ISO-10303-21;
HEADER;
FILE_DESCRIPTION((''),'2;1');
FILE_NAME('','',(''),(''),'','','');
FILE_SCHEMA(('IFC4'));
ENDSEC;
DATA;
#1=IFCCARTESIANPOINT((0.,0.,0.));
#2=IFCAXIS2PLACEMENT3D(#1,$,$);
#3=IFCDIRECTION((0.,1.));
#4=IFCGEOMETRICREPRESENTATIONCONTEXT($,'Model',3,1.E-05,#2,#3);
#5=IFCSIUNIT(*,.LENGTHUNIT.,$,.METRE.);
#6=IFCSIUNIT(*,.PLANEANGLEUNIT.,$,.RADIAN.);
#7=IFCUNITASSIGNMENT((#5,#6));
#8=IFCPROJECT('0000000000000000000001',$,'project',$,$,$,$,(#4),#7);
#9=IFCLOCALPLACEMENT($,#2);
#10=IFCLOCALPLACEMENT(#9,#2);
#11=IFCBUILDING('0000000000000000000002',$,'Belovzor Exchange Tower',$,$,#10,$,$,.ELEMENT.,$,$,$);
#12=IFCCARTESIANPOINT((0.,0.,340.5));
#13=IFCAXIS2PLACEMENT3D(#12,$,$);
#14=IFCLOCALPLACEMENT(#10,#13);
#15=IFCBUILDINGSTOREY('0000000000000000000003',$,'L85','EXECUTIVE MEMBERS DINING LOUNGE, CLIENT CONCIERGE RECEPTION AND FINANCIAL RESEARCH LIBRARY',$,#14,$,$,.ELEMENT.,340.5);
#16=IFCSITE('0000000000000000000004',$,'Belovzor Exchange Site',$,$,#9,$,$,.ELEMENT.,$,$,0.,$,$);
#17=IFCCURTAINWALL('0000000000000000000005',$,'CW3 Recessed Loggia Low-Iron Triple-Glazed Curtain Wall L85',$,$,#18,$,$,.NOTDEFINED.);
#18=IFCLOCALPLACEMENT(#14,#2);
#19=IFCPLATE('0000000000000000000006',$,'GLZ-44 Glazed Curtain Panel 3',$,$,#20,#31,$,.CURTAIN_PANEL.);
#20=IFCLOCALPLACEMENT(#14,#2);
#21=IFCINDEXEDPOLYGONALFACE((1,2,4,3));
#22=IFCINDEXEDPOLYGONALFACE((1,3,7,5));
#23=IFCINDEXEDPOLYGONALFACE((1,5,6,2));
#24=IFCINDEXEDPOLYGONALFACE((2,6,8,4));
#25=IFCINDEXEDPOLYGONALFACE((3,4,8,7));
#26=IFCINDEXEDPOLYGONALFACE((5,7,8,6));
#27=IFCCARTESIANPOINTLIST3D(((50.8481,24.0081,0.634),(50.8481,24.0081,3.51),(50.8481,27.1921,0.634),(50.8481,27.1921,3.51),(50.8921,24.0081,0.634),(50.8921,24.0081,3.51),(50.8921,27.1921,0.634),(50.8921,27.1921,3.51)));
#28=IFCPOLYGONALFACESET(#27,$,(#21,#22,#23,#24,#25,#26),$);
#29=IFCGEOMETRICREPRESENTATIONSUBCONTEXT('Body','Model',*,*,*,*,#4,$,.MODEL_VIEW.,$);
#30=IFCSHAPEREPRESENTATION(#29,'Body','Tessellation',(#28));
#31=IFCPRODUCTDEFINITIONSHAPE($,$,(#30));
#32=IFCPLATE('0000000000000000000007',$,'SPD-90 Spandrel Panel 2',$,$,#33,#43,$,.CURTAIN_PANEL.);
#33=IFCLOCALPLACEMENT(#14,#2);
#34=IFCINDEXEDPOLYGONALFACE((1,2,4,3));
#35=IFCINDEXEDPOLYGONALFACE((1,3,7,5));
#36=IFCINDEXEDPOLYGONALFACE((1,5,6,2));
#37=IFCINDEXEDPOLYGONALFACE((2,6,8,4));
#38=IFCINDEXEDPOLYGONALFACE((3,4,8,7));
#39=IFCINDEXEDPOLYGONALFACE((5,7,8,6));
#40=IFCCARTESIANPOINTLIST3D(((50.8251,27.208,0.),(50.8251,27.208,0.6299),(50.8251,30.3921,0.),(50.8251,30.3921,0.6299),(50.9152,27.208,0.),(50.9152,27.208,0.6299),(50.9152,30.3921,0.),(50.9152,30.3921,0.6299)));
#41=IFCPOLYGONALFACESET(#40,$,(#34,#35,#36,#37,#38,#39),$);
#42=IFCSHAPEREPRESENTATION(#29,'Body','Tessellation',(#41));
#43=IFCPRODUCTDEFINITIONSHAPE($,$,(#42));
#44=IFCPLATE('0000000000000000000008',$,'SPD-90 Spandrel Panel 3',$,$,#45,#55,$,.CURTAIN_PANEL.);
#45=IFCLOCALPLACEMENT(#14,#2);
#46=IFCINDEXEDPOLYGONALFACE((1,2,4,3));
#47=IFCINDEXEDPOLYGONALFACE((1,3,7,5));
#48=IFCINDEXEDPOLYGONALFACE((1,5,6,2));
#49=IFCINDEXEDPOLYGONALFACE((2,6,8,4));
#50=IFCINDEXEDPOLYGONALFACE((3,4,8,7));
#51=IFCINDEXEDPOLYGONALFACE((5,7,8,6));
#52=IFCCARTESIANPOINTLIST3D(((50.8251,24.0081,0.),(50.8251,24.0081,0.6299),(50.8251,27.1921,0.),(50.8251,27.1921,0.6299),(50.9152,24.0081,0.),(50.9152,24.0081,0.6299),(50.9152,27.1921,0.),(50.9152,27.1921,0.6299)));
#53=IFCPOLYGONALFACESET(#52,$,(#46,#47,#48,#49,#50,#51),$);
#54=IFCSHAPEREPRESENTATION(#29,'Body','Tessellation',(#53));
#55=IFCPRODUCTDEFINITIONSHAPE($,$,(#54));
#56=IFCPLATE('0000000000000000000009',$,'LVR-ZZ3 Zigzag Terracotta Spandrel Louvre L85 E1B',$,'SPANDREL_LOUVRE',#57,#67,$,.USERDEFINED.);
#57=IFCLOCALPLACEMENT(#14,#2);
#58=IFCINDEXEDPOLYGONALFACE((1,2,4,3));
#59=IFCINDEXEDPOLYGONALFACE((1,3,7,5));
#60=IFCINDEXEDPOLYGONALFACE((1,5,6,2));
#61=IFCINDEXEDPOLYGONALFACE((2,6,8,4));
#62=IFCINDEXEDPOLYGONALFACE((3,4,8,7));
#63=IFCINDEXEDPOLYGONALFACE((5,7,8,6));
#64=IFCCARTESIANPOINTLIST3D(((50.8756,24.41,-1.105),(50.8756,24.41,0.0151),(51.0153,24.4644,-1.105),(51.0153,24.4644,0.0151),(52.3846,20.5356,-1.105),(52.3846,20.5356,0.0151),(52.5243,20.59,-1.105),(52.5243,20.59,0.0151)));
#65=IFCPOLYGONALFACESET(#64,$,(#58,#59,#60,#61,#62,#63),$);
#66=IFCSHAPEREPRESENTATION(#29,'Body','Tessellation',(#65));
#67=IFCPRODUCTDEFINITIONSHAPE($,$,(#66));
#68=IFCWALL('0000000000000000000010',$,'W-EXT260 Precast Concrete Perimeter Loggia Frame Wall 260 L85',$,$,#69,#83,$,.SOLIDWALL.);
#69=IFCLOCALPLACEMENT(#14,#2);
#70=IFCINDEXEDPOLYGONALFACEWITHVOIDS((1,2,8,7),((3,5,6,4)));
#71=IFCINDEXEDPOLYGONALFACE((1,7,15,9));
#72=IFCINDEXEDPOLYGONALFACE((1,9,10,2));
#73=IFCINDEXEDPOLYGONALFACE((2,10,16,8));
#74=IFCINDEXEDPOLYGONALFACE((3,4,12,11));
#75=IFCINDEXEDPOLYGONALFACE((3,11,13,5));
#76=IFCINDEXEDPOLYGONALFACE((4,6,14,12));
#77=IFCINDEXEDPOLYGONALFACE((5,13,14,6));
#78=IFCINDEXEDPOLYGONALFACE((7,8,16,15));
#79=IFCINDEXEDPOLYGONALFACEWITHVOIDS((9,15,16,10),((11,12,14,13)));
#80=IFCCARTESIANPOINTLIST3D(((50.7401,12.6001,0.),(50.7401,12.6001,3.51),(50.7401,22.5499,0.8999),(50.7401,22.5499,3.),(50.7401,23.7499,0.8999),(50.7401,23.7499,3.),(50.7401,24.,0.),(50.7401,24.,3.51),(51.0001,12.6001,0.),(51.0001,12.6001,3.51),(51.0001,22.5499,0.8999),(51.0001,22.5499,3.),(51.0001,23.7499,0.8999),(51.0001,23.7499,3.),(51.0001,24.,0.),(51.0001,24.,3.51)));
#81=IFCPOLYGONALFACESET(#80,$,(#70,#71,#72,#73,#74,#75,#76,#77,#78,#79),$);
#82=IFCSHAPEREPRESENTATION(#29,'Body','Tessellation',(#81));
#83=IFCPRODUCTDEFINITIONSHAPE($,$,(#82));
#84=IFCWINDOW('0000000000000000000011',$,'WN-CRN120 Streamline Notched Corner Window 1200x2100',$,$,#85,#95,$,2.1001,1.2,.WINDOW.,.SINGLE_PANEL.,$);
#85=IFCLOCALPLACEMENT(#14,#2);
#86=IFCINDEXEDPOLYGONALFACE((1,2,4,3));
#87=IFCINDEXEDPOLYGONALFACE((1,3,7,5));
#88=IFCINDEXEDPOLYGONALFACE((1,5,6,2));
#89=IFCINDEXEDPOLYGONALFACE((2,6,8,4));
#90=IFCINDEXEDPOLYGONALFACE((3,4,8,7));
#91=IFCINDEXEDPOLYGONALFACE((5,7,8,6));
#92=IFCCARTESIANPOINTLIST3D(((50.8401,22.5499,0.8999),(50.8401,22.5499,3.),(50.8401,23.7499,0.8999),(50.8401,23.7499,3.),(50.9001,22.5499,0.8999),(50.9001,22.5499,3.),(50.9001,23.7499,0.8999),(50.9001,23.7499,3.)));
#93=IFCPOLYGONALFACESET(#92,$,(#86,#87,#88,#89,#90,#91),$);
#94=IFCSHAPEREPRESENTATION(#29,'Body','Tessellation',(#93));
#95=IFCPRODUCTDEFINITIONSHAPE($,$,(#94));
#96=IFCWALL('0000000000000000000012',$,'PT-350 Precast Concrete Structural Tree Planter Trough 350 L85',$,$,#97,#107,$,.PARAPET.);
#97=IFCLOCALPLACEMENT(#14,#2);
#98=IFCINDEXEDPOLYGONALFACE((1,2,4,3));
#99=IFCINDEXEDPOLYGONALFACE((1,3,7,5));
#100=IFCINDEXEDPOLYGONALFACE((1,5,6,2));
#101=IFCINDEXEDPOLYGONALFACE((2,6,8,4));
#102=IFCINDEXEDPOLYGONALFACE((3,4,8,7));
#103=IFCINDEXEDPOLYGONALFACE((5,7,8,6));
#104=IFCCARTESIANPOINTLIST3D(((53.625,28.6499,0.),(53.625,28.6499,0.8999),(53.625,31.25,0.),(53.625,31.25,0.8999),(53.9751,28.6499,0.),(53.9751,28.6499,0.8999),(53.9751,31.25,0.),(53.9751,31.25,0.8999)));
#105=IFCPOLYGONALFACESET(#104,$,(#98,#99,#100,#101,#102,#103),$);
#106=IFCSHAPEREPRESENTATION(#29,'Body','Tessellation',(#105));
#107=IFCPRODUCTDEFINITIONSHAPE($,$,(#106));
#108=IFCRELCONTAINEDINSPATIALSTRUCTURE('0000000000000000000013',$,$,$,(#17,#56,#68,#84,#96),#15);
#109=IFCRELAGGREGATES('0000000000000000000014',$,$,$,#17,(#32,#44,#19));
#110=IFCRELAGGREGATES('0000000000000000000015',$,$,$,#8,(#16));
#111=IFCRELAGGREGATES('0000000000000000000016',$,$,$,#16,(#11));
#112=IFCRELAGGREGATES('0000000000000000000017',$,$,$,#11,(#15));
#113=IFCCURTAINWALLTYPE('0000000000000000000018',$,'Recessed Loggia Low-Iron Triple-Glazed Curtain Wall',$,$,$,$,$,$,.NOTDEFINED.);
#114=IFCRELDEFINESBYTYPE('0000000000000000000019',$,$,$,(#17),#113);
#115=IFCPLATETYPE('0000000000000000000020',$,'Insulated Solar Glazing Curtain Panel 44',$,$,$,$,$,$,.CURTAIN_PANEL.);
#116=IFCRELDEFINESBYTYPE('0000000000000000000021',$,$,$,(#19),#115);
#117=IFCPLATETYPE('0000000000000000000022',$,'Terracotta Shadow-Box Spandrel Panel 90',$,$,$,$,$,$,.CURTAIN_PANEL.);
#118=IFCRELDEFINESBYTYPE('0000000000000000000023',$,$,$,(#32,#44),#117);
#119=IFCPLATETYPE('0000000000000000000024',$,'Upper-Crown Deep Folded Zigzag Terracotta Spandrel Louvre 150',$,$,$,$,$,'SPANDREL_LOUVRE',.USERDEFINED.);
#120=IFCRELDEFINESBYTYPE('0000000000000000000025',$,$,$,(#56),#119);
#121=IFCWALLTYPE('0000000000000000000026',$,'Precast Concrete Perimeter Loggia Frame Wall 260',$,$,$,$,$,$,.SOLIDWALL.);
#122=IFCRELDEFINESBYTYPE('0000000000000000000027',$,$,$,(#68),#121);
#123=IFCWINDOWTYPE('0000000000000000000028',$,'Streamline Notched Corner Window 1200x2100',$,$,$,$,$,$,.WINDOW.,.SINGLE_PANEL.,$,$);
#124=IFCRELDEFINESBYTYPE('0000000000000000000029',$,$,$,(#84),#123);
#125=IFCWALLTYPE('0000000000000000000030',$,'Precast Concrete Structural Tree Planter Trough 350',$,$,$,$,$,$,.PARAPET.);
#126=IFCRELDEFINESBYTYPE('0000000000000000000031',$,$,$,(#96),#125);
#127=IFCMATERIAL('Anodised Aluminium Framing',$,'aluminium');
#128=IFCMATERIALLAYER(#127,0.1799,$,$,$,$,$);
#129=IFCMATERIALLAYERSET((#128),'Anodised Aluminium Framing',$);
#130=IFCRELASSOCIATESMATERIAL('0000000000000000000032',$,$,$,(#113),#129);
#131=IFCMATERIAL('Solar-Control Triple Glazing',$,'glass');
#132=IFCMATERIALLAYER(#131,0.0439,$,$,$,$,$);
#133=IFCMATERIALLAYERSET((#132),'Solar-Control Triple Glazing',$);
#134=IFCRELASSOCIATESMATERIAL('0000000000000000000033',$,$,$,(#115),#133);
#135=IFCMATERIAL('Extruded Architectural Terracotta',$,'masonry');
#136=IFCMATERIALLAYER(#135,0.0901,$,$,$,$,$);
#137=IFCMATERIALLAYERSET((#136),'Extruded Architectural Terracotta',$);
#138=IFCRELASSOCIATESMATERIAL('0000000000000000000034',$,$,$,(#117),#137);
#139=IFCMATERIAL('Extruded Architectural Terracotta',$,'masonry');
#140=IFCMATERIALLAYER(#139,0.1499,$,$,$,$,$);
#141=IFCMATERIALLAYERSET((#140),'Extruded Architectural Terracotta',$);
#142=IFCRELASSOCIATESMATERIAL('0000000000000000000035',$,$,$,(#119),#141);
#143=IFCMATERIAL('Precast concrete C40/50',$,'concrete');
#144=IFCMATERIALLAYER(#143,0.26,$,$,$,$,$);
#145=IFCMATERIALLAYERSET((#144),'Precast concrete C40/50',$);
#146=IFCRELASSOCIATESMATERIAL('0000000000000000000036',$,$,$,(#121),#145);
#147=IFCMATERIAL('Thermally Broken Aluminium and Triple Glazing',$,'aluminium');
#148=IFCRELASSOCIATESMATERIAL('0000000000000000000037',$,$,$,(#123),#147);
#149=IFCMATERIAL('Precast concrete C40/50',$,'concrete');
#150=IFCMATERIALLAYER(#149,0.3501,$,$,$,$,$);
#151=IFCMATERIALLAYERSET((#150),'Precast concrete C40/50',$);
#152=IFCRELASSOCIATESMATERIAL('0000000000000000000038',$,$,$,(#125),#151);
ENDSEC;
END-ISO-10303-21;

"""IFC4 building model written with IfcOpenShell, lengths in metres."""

from ifc_helpers import new_model, si_unit, direction, frame, frame_2d, origin, origin_2d, place, context, subcontext, project, spatial, rectangle, extrude, material, layer, layer_set, type_object, element, fill, aggregate, save


model = new_model("IFC4")

# Units and contexts
model_context = context("Model", 3, precision=1e-05, world=origin(), true_north=direction((0.0, 1.0)))
body_context = subcontext(model_context, "Body", "Model", "MODEL_VIEW")
ifc_project = project(units=[si_unit("LENGTHUNIT", "METRE"), si_unit("PLANEANGLEUNIT", "RADIAN")], contexts=[model_context])

# Site, building, storey
site_placement = place(None, origin())
site = spatial("IfcSite", under=ifc_project, at=site_placement, Name="Belovzor Exchange Site", CompositionType="ELEMENT", RefElevation=0.0)
building_placement = place(site_placement, origin())
building = spatial("IfcBuilding", under=site, at=building_placement, Name="Belovzor Exchange Tower", CompositionType="ELEMENT")
storey_placement = place(building_placement, frame((0.0, 0.0, 340.5)))
storey = spatial("IfcBuildingStorey", under=building, at=storey_placement, Name="L85", Description="EXECUTIVE MEMBERS DINING LOUNGE, CLIENT CONCIERGE RECEPTION AND FINANCIAL RESEARCH LIBRARY", CompositionType="ELEMENT", Elevation=340.5)

# Curtain wall
ifc_material_1 = material(Name="Anodised Aluminium Framing", Category="aluminium")
ifc_layer_1 = layer(ifc_material_1, 0.1799)
ifc_layer_set_1 = layer_set([ifc_layer_1], Name="Anodised Aluminium Framing")
curtain_wall_type = type_object("IfcCurtainWallType", Name="Recessed Loggia Low-Iron Triple-Glazed Curtain Wall", PredefinedType="NOTDEFINED", material=ifc_layer_set_1)
curtain_wall_placement = place(storey_placement, origin())
curtain_wall = element("IfcCurtainWall", 1, at=curtain_wall_placement, inside=storey, type_object=curtain_wall_type, Name="CW3 Recessed Loggia Low-Iron Triple-Glazed Curtain Wall L85", PredefinedType="NOTDEFINED")

# Plates
ifc_material_2 = material(Name="Solar-Control Triple Glazing", Category="glass")
ifc_layer_2 = layer(ifc_material_2, 0.0439)
ifc_layer_set_2 = layer_set([ifc_layer_2], Name="Solar-Control Triple Glazing")
plate_type_1 = type_object("IfcPlateType", Name="Insulated Solar Glazing Curtain Panel 44", PredefinedType="CURTAIN_PANEL", material=ifc_layer_set_2)
plate_1_placement = place(storey_placement, frame((50.8701, 25.6001, 0.634), z_axis=(0.0, 0.0, 1.0), x_axis=(0.0, -1.0, 0.0)))
plate_1 = element("IfcPlate", 2, at=plate_1_placement, type_object=plate_type_1, Name="GLZ-44 Glazed Curtain Panel 3", PredefinedType="CURTAIN_PANEL", context=body_context, shape_type="SweptSolid", body=[
    extrude(rectangle(XDim=3.1841, YDim=0.0439, at=origin_2d()), origin(), (0.0, 0.0, 1.0), 2.876),
])
ifc_material_3 = material(Name="Extruded Architectural Terracotta", Category="masonry")
ifc_layer_3 = layer(ifc_material_3, 0.0901)
ifc_layer_set_3 = layer_set([ifc_layer_3], Name="Extruded Architectural Terracotta")
plate_type_2 = type_object("IfcPlateType", Name="Terracotta Shadow-Box Spandrel Panel 90", PredefinedType="CURTAIN_PANEL", material=ifc_layer_set_3)
plate_2_placement = place(storey_placement, frame((50.8701, 28.8, 0.0), z_axis=(0.0, 0.0, 1.0), x_axis=(0.0, -1.0, 0.0)))
plate_2 = element("IfcPlate", 3, at=plate_2_placement, type_object=plate_type_2, Name="SPD-90 Spandrel Panel 2", PredefinedType="CURTAIN_PANEL", context=body_context, shape_type="SweptSolid", body=[
    extrude(rectangle(XDim=3.1841, YDim=0.0901, at=origin_2d()), origin(), (0.0, 0.0, 1.0), 0.6299),
])
plate_3_placement = place(storey_placement, frame((50.8701, 25.6001, 0.0), z_axis=(0.0, 0.0, 1.0), x_axis=(0.0, -1.0, 0.0)))
plate_3 = element("IfcPlate", 4, at=plate_3_placement, type_object=plate_type_2, Name="SPD-90 Spandrel Panel 3", PredefinedType="CURTAIN_PANEL", context=body_context, shape_type="SweptSolid", body=[
    extrude(rectangle(XDim=3.1841, YDim=0.0901, at=origin_2d()), origin(), (0.0, 0.0, 1.0), 0.6299),
])
aggregate(curtain_wall, [plate_2, plate_3, plate_1])
ifc_material_4 = material(Name="Extruded Architectural Terracotta", Category="masonry")
ifc_layer_4 = layer(ifc_material_4, 0.1499)
ifc_layer_set_4 = layer_set([ifc_layer_4], Name="Extruded Architectural Terracotta")
plate_type_3 = type_object("IfcPlateType", Name="Upper-Crown Deep Folded Zigzag Terracotta Spandrel Louvre 150", ElementType="SPANDREL_LOUVRE", PredefinedType="USERDEFINED", material=ifc_layer_set_4)
plate_4_placement = place(storey_placement, frame((51.7, 22.5, -1.105), z_axis=(0.0, 0.0, 1.0), x_axis=(-0.362926, 0.931818, 0.0)))
element("IfcPlate", 5, at=plate_4_placement, inside=storey, type_object=plate_type_3, Name="LVR-ZZ3 Zigzag Terracotta Spandrel Louvre L85 E1B", ObjectType="SPANDREL_LOUVRE", PredefinedType="USERDEFINED", context=body_context, shape_type="SweptSolid", body=[
    extrude(rectangle(XDim=4.158, YDim=0.1499, at=origin_2d()), origin(), (0.0, 0.0, 1.0), 1.1201),
])

# Wall, opening, window
ifc_material_5 = material(Name="Precast concrete C40/50", Category="concrete")
ifc_layer_5 = layer(ifc_material_5, 0.26)
ifc_layer_set_5 = layer_set([ifc_layer_5], Name="Precast concrete C40/50")
wall_type_1 = type_object("IfcWallType", Name="Precast Concrete Perimeter Loggia Frame Wall 260", PredefinedType="SOLIDWALL", material=ifc_layer_set_5)
wall_1_placement = place(storey_placement, frame((50.8701, 24.0, 0.0), z_axis=(0.0, 0.0, 1.0), x_axis=(0.0, -1.0, 0.0)))
wall_1 = element("IfcWall", 6, at=wall_1_placement, inside=storey, type_object=wall_type_1, Name="W-EXT260 Precast Concrete Perimeter Loggia Frame Wall 260 L85", PredefinedType="SOLIDWALL", context=body_context, shape_type="SweptSolid", body=[
    extrude(rectangle(XDim=11.3999, YDim=0.26, at=frame_2d((5.7, 0.0))), origin(), (0.0, 0.0, 1.0), 3.51),
])
opening_placement = place(wall_1_placement, frame((0.25, 0.0, 0.8999)))
opening = element("IfcOpeningElement", 7, at=opening_placement, cuts=wall_1, PredefinedType="OPENING", context=body_context, shape_type="SweptSolid", body=[
    extrude(rectangle(XDim=1.2, YDim=2.1001, at=frame_2d((0.6001, 1.05))), frame((0.0, 0.1399, 0.0), z_axis=(0.0, -1.0, 0.0), x_axis=(1.0, 0.0, 0.0)), (0.0, 0.0, 1.0), 0.28),
])
ifc_material_6 = material(Name="Thermally Broken Aluminium and Triple Glazing", Category="aluminium")
window_type = type_object("IfcWindowType", Name="Streamline Notched Corner Window 1200x2100", PartitioningType="SINGLE_PANEL", PredefinedType="WINDOW", material=ifc_material_6)
window_placement = place(opening_placement, origin())
window = element("IfcWindow", 8, at=window_placement, inside=storey, type_object=window_type, Name="WN-CRN120 Streamline Notched Corner Window 1200x2100", OverallHeight=2.1001, OverallWidth=1.2, PartitioningType="SINGLE_PANEL", PredefinedType="WINDOW", context=body_context, shape_type="SweptSolid", body=[
    extrude(rectangle(XDim=1.2, YDim=2.1001, at=frame_2d((0.6001, 1.05))), frame((0.0, 0.03, 0.0), z_axis=(0.0, -1.0, 0.0), x_axis=(1.0, 0.0, 0.0)), (0.0, 0.0, 1.0), 0.0601),
])
fill(opening, window)

# Wall
ifc_material_7 = material(Name="Precast concrete C40/50", Category="concrete")
ifc_layer_6 = layer(ifc_material_7, 0.3501)
ifc_layer_set_6 = layer_set([ifc_layer_6], Name="Precast concrete C40/50")
wall_type_2 = type_object("IfcWallType", Name="Precast Concrete Structural Tree Planter Trough 350", PredefinedType="PARAPET", material=ifc_layer_set_6)
wall_2_placement = place(storey_placement, frame((53.8, 28.6499, 0.0), z_axis=(0.0, 0.0, 1.0), x_axis=(0.0, 1.0, 0.0)))
element("IfcWall", 9, at=wall_2_placement, inside=storey, type_object=wall_type_2, Name="PT-350 Precast Concrete Structural Tree Planter Trough 350 L85", PredefinedType="PARAPET", context=body_context, shape_type="SweptSolid", body=[
    extrude(rectangle(XDim=2.6001, YDim=0.3501, at=frame_2d((1.3, 0.0))), origin(), (0.0, 0.0, 1.0), 0.8999),
])

save(model, "model.ifc")
